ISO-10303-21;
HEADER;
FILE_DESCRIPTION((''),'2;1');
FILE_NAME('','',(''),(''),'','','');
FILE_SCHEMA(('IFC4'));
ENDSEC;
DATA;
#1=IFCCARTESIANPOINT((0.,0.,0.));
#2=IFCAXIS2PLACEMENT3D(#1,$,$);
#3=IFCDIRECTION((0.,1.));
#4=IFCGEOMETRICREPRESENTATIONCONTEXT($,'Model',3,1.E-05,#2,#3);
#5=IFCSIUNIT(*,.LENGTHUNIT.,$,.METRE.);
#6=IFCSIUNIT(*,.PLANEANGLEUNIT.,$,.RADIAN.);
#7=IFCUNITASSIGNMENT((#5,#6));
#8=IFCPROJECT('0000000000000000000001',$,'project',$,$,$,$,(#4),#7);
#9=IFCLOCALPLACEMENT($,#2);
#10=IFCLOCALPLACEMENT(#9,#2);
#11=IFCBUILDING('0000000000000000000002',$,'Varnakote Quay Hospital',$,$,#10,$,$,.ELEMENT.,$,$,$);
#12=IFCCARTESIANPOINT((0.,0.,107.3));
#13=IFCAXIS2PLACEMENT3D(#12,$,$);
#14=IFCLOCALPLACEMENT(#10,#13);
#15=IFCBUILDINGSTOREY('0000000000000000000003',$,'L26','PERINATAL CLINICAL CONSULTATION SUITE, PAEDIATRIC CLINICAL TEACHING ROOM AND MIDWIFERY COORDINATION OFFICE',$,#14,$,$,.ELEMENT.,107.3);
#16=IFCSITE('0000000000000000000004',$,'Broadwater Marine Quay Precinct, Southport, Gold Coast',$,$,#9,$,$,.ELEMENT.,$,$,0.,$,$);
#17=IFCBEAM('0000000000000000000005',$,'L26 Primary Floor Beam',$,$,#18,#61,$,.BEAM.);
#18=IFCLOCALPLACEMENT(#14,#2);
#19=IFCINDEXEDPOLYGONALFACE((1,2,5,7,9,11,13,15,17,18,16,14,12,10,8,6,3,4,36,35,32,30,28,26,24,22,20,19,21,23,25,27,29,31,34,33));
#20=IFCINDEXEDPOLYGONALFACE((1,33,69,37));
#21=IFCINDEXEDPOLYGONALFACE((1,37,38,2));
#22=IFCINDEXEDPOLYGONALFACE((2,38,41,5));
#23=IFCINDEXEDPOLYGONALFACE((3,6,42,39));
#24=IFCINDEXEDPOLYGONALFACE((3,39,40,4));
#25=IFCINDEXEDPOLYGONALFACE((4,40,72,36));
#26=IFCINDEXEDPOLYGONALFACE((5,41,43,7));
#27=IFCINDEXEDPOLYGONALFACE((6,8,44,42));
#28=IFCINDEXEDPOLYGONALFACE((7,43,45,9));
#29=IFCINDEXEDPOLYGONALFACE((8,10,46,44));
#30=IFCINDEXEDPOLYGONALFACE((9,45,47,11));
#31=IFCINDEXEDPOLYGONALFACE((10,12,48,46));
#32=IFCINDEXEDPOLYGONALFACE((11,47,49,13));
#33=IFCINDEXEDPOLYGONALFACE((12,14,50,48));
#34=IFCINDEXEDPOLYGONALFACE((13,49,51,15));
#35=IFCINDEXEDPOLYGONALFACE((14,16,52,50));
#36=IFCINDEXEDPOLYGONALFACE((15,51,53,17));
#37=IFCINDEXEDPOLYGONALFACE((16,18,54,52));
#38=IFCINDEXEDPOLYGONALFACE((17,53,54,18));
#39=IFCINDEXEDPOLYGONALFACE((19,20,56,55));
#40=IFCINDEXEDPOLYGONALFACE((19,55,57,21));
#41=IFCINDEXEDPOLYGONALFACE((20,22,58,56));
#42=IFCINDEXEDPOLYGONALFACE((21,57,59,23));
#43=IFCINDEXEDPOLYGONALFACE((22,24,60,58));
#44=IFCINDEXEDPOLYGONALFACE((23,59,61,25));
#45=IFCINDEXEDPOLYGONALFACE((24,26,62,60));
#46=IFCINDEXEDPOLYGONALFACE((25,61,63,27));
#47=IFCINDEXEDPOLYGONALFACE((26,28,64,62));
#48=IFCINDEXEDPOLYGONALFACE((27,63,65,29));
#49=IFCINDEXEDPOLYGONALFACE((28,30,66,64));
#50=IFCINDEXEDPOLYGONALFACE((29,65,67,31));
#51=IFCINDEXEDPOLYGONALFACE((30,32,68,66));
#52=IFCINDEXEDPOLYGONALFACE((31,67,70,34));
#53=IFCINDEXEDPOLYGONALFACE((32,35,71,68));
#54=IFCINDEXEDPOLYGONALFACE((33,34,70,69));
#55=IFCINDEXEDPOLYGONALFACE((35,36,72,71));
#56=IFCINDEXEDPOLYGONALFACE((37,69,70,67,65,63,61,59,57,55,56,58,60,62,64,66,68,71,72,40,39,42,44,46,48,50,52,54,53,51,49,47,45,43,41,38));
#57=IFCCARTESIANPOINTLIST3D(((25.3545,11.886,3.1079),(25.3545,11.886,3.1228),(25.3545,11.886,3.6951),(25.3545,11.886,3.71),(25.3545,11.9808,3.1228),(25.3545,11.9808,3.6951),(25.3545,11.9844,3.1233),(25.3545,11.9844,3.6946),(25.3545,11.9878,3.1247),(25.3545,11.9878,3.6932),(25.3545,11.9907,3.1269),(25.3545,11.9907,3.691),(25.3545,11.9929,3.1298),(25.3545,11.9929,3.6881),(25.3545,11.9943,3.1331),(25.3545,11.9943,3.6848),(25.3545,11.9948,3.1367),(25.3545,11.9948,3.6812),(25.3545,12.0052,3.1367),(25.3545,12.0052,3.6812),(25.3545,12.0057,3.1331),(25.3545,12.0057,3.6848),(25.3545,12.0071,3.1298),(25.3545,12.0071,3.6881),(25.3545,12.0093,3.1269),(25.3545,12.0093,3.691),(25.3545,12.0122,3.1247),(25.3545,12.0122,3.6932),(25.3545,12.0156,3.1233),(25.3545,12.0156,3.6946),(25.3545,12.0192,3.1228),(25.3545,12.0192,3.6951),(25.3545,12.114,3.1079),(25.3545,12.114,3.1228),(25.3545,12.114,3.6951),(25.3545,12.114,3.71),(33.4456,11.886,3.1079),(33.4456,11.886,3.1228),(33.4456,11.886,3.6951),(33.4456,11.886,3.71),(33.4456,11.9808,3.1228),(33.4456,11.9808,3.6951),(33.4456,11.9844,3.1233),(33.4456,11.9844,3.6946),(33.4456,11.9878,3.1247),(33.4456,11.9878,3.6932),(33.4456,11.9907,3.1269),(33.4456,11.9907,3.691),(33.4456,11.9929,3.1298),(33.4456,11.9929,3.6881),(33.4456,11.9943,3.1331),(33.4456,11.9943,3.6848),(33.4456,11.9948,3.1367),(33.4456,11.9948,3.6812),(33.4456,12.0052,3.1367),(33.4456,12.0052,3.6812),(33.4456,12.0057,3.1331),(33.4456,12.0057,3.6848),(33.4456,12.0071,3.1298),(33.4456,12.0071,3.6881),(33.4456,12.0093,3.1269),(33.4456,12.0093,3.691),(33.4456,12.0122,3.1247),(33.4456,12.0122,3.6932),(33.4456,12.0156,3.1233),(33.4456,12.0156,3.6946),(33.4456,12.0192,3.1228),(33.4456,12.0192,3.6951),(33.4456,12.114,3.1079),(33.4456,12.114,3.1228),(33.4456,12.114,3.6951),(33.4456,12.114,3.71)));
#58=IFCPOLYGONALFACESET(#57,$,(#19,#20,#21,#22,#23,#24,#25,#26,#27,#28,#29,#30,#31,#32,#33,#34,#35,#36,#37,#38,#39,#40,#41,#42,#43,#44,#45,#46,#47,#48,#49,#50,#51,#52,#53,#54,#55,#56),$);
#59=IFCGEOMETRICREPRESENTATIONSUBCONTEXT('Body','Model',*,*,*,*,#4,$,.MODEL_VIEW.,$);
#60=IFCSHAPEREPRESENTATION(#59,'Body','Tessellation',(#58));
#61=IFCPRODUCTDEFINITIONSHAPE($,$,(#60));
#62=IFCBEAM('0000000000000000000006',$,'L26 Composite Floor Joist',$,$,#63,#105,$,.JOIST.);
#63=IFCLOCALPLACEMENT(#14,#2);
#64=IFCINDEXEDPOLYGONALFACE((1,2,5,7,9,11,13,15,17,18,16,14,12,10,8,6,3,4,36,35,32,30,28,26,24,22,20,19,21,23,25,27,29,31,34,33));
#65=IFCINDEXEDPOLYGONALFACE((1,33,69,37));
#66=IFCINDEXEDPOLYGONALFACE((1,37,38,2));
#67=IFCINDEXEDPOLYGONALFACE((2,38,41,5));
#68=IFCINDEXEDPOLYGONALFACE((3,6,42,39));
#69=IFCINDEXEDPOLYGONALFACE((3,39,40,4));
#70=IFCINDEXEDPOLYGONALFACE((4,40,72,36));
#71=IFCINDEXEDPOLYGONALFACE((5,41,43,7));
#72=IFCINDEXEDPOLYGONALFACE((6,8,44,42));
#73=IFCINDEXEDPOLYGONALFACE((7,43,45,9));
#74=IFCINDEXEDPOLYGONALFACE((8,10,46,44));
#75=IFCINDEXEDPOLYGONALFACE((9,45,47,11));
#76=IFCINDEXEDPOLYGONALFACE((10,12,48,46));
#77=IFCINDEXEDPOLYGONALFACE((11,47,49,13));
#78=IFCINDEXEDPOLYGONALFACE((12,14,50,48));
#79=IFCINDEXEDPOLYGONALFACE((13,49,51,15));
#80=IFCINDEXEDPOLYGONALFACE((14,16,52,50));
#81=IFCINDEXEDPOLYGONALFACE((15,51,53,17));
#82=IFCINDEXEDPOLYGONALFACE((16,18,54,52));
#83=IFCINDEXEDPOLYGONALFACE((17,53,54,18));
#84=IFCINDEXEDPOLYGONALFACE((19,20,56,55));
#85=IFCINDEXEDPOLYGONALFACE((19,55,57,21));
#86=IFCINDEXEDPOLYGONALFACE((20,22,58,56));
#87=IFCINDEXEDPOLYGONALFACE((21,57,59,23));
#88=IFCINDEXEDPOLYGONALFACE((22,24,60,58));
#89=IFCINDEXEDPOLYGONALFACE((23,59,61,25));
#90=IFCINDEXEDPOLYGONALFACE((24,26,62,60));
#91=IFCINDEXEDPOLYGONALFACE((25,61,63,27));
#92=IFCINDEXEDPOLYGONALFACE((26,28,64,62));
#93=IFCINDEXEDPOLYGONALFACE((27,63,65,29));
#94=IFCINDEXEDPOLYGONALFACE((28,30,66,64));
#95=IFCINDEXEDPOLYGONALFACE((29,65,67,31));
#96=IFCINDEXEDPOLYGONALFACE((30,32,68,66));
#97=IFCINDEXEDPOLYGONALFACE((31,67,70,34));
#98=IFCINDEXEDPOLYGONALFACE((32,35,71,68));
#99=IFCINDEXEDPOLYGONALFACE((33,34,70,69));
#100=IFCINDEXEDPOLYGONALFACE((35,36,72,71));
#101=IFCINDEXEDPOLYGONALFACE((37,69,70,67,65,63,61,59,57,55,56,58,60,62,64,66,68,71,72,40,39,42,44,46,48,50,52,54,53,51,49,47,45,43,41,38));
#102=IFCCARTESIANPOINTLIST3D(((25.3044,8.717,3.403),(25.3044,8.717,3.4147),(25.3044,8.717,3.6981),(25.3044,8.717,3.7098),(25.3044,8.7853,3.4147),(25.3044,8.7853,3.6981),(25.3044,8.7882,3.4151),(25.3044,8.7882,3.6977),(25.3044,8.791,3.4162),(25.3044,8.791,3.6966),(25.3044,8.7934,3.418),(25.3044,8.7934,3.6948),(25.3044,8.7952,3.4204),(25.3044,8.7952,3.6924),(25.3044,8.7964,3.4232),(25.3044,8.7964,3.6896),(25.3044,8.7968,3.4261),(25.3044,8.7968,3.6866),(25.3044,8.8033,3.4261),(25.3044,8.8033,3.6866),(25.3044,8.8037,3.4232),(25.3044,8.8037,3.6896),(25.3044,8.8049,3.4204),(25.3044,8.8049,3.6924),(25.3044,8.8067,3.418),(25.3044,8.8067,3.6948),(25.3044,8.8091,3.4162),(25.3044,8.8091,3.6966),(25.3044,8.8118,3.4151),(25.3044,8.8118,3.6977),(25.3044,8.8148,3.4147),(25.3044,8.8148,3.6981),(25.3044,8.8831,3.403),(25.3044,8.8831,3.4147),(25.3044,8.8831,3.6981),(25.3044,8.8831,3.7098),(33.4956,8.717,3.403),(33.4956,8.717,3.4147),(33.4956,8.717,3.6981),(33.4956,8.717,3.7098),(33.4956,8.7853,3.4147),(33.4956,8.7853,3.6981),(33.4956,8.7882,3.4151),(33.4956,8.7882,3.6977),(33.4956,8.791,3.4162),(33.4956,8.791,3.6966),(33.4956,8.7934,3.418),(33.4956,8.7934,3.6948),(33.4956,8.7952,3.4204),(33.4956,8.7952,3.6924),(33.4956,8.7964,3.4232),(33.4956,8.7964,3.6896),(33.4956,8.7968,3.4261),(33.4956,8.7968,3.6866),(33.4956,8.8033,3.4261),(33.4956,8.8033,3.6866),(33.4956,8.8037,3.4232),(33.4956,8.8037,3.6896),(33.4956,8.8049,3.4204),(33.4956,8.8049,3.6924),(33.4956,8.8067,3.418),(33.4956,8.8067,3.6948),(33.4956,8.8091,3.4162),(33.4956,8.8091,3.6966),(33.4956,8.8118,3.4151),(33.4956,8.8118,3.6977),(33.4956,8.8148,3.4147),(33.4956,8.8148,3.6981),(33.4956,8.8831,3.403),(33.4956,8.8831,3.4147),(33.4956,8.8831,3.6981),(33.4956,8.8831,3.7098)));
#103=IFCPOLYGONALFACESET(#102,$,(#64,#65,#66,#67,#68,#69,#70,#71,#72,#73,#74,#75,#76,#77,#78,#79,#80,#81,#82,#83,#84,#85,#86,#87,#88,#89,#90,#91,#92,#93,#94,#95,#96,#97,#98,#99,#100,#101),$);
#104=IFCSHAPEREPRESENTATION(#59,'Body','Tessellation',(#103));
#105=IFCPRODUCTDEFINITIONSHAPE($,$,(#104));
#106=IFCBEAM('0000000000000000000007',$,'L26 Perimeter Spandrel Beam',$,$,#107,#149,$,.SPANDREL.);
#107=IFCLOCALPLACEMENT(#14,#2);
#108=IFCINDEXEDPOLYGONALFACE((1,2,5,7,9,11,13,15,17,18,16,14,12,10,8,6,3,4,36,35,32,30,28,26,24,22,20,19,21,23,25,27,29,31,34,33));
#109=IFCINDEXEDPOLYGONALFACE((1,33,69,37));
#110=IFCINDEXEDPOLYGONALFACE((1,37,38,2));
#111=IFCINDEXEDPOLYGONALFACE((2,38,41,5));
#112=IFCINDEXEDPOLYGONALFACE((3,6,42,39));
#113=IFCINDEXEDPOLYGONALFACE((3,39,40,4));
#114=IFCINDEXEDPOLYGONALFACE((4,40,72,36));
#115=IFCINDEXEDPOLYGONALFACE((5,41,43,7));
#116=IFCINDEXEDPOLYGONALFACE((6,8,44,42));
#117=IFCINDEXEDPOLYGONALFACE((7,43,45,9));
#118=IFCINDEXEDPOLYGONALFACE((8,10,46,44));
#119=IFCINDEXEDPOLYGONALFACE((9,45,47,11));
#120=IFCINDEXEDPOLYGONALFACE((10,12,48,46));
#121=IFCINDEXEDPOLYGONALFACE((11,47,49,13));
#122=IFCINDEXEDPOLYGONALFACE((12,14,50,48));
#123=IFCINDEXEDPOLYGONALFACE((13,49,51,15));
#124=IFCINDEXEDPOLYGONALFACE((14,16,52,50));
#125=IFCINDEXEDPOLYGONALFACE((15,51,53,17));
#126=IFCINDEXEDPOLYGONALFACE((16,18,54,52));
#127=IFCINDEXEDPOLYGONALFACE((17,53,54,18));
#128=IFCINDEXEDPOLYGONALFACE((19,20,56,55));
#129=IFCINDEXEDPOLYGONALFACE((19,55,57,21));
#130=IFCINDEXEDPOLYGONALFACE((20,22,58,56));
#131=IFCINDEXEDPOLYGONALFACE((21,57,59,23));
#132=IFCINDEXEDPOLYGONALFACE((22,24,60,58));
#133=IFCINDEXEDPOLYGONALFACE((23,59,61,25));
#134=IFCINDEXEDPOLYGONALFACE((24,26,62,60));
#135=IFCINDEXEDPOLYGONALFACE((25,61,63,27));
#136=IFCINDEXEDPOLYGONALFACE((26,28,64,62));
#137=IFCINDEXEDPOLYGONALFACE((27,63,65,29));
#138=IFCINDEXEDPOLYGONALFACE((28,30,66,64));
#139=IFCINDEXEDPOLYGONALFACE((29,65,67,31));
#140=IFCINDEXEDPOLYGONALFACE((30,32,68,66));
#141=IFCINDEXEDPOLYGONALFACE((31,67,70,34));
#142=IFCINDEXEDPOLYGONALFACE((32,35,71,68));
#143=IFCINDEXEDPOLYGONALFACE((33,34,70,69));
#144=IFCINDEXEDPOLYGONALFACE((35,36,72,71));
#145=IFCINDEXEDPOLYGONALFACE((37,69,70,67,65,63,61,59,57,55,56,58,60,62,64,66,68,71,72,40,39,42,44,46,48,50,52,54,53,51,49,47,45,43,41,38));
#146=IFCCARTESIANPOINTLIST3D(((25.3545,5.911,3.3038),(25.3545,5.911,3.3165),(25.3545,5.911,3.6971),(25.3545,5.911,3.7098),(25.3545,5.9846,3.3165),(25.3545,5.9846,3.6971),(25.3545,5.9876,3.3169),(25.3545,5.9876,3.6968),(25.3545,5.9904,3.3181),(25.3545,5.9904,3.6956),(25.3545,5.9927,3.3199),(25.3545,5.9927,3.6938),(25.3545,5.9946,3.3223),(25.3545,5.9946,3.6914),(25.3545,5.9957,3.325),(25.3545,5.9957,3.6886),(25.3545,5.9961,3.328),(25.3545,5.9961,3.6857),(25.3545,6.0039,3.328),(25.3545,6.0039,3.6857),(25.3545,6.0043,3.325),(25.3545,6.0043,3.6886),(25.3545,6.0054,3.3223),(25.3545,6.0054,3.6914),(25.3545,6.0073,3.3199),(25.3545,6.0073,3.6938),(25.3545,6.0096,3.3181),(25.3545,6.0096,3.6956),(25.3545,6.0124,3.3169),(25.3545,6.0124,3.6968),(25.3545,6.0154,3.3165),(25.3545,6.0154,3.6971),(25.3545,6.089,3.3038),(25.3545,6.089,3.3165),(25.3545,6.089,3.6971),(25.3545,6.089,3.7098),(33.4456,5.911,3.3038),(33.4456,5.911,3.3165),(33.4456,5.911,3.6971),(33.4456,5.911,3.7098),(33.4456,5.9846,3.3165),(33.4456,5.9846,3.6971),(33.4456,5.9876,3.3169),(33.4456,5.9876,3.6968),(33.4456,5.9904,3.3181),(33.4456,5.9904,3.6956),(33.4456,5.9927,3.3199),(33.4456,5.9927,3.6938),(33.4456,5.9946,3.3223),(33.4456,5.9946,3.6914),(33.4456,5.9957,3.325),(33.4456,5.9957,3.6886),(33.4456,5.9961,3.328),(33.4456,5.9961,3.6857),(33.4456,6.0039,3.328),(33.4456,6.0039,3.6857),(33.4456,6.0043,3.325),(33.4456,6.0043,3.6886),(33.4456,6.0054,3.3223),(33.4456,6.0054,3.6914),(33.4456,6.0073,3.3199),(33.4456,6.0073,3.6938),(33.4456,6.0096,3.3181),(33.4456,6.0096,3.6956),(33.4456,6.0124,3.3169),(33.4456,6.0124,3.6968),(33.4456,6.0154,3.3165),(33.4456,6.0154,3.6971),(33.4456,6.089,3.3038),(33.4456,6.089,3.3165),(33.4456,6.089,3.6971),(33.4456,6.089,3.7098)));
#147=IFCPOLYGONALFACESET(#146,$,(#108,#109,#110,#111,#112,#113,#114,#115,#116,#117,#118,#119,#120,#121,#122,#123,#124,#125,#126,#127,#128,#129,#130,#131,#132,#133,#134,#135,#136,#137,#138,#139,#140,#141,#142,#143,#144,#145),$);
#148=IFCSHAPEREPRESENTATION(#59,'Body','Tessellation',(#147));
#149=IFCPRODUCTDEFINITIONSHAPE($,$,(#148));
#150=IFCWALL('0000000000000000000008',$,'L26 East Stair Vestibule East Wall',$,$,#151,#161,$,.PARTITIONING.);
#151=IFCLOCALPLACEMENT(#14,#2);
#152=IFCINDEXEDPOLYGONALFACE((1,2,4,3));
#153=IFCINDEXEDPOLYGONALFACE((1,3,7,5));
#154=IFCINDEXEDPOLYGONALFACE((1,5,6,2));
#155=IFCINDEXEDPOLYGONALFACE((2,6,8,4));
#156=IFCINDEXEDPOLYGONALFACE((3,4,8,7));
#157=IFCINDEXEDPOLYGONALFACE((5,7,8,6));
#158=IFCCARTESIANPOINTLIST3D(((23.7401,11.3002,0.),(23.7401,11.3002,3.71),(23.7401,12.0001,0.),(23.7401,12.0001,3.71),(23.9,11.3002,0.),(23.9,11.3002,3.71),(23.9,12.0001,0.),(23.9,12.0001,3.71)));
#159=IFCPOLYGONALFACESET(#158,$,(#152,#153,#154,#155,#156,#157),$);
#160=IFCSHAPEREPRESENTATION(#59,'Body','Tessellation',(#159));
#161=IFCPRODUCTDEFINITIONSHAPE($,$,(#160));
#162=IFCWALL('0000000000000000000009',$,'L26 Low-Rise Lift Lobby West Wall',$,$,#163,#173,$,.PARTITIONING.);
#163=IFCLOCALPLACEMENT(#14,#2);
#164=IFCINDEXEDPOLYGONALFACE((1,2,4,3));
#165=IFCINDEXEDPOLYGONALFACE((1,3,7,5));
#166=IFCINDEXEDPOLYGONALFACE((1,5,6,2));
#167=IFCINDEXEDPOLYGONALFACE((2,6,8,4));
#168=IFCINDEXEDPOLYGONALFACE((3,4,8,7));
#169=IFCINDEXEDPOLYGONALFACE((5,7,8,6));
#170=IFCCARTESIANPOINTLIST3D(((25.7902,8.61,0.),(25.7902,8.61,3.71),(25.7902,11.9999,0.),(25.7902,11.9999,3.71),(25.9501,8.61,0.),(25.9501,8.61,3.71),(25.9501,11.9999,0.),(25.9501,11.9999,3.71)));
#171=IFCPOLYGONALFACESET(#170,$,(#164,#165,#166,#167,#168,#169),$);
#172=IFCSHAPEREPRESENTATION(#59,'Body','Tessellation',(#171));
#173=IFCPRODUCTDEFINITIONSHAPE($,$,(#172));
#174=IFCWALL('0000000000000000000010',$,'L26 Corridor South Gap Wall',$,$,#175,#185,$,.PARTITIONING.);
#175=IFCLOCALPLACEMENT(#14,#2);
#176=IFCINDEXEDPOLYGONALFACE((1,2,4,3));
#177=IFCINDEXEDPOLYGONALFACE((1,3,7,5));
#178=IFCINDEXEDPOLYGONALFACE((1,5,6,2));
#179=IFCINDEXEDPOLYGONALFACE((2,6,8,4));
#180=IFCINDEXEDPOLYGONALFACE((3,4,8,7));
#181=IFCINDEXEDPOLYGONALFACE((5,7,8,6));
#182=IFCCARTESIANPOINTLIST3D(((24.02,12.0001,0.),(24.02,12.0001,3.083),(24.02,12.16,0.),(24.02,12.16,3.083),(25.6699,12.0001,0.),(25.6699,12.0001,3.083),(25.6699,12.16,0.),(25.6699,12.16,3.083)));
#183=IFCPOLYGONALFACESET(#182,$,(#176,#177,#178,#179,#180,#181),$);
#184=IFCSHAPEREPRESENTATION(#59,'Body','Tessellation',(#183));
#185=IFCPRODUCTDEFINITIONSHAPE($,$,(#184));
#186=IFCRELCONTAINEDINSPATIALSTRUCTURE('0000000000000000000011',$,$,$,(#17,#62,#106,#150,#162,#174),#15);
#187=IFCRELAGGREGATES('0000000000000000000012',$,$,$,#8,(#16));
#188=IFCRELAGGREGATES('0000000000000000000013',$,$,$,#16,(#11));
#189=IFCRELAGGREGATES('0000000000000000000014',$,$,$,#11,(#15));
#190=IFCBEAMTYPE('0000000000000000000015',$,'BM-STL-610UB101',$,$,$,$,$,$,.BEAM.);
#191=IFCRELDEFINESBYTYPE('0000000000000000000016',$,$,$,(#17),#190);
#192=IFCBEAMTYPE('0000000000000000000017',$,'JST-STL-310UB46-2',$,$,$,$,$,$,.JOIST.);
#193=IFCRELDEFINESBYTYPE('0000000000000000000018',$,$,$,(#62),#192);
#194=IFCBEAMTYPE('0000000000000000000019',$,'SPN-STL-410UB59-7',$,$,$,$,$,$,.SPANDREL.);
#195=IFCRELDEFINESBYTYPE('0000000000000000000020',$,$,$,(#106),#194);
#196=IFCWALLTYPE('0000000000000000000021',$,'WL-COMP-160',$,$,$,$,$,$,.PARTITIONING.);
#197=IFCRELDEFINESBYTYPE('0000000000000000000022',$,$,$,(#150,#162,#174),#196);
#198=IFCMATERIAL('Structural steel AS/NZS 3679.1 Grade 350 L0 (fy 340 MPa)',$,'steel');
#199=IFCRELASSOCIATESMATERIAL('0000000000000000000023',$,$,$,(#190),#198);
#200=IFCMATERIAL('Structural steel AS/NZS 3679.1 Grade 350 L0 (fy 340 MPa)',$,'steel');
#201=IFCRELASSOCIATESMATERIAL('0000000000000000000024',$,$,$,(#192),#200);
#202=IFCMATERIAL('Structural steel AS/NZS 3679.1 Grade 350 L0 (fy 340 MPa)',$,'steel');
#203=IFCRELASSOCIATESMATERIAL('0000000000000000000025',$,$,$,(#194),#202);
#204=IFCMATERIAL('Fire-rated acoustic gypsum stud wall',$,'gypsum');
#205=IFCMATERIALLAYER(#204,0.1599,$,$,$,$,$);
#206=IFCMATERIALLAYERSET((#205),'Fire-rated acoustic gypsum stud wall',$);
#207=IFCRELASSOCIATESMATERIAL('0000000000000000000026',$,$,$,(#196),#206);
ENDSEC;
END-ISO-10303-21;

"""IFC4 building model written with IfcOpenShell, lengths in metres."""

from ifc_helpers import new_model, si_unit, direction, frame, frame_2d, origin, origin_2d, place, context, subcontext, project, spatial, rectangle, i_section, extrude, material, layer, layer_set, material_profile, profile_set, type_object, element, save


model = new_model("IFC4")

# Units and contexts
model_context = context("Model", 3, precision=1e-05, world=origin(), true_north=direction((0.0, 1.0)))
body_context = subcontext(model_context, "Body", "Model", "MODEL_VIEW")
ifc_project = project(units=[si_unit("LENGTHUNIT", "METRE"), si_unit("PLANEANGLEUNIT", "RADIAN")], contexts=[model_context])

# Site, building, storey
site_placement = place(None, origin())
site = spatial("IfcSite", under=ifc_project, at=site_placement, Name="Broadwater Marine Quay Precinct, Southport, Gold Coast", CompositionType="ELEMENT", RefElevation=0.0)
building_placement = place(site_placement, origin())
building = spatial("IfcBuilding", under=site, at=building_placement, Name="Varnakote Quay Hospital", CompositionType="ELEMENT")
storey_placement = place(building_placement, frame((0.0, 0.0, 107.3)))
storey = spatial("IfcBuildingStorey", under=building, at=storey_placement, Name="L26", Description="PERINATAL CLINICAL CONSULTATION SUITE, PAEDIATRIC CLINICAL TEACHING ROOM AND MIDWIFERY COORDINATION OFFICE", CompositionType="ELEMENT", Elevation=107.3)

# Beams
ifc_material_1 = material(Name="Structural steel AS/NZS 3679.1 Grade 350 L0 (fy 340 MPa)", Category="steel")
ifc_material_profile_1 = material_profile(ifc_material_1, i_section(OverallWidth=0.228, OverallDepth=0.6021, WebThickness=0.0105, FlangeThickness=0.0149, FilletRadius=0.0139, at=origin_2d()), Name="610UB101")
ifc_profile_set_1 = profile_set([ifc_material_profile_1], Name="Structural steel AS/NZS 3679.1 Grade 350 L0 (fy 340 MPa)")
beam_type_1 = type_object("IfcBeamType", Name="BM-STL-610UB101", PredefinedType="BEAM", material=ifc_profile_set_1)
beam_1_placement = place(storey_placement, frame((25.3545, 12.0, 3.4089), z_axis=(1.0, 0.0, 0.0), x_axis=(0.0, 1.0, 0.0)))
element("IfcBeam", 1, at=beam_1_placement, inside=storey, type_object=beam_type_1, Name="L26 Primary Floor Beam", PredefinedType="BEAM", context=body_context, shape_type="SweptSolid", body=[
    extrude(i_section(OverallWidth=0.228, OverallDepth=0.6021, WebThickness=0.0105, FlangeThickness=0.0149, FilletRadius=0.0139, at=origin_2d()), origin(), (0.0, 0.0, 1.0), 8.0911),
])
ifc_material_2 = material(Name="Structural steel AS/NZS 3679.1 Grade 350 L0 (fy 340 MPa)", Category="steel")
ifc_material_profile_2 = material_profile(ifc_material_2, i_section(OverallWidth=0.166, OverallDepth=0.3069, WebThickness=0.0066, FlangeThickness=0.0117, FilletRadius=0.0115, at=origin_2d()), Name="310UB46.2")
ifc_profile_set_2 = profile_set([ifc_material_profile_2], Name="Structural steel AS/NZS 3679.1 Grade 350 L0 (fy 340 MPa)")
beam_type_2 = type_object("IfcBeamType", Name="JST-STL-310UB46-2", PredefinedType="JOIST", material=ifc_profile_set_2)
beam_2_placement = place(storey_placement, frame((25.3044, 8.8, 3.5564), z_axis=(1.0, 0.0, 0.0), x_axis=(0.0, 1.0, 0.0)))
element("IfcBeam", 2, at=beam_2_placement, inside=storey, type_object=beam_type_2, Name="L26 Composite Floor Joist", PredefinedType="JOIST", context=body_context, shape_type="SweptSolid", body=[
    extrude(i_section(OverallWidth=0.166, OverallDepth=0.3069, WebThickness=0.0066, FlangeThickness=0.0117, FilletRadius=0.0115, at=origin_2d()), origin(), (0.0, 0.0, 1.0), 8.1912),
])
ifc_material_3 = material(Name="Structural steel AS/NZS 3679.1 Grade 350 L0 (fy 340 MPa)", Category="steel")
ifc_material_profile_3 = material_profile(ifc_material_3, i_section(OverallWidth=0.178, OverallDepth=0.406, WebThickness=0.0078, FlangeThickness=0.0127, FilletRadius=0.0115, at=origin_2d()), Name="410UB59.7")
ifc_profile_set_3 = profile_set([ifc_material_profile_3], Name="Structural steel AS/NZS 3679.1 Grade 350 L0 (fy 340 MPa)")
beam_type_3 = type_object("IfcBeamType", Name="SPN-STL-410UB59-7", PredefinedType="SPANDREL", material=ifc_profile_set_3)
beam_3_placement = place(storey_placement, frame((25.3545, 6.0, 3.5068), z_axis=(1.0, 0.0, 0.0), x_axis=(0.0, 1.0, 0.0)))
element("IfcBeam", 3, at=beam_3_placement, inside=storey, type_object=beam_type_3, Name="L26 Perimeter Spandrel Beam", PredefinedType="SPANDREL", context=body_context, shape_type="SweptSolid", body=[
    extrude(i_section(OverallWidth=0.178, OverallDepth=0.406, WebThickness=0.0078, FlangeThickness=0.0127, FilletRadius=0.0115, at=origin_2d()), origin(), (0.0, 0.0, 1.0), 8.0911),
])

# Walls
ifc_material_4 = material(Name="Fire-rated acoustic gypsum stud wall", Category="gypsum")
ifc_layer_1 = layer(ifc_material_4, 0.1599)
ifc_layer_set_1 = layer_set([ifc_layer_1], Name="Fire-rated acoustic gypsum stud wall")
wall_type_1 = type_object("IfcWallType", Name="WL-COMP-160", PredefinedType="PARTITIONING", material=ifc_layer_set_1)
wall_1_placement = place(storey_placement, frame((23.8201, 11.3, 0.0), z_axis=(0.0, 0.0, 1.0), x_axis=(0.0, 1.0, 0.0)))
element("IfcWall", 4, at=wall_1_placement, inside=storey, type_object=wall_type_1, Name="L26 East Stair Vestibule East Wall", PredefinedType="PARTITIONING", context=body_context, shape_type="SweptSolid", body=[
    extrude(rectangle(XDim=0.7, YDim=0.1599, at=frame_2d((0.3501, 0.0))), origin(), (0.0, 0.0, 1.0), 3.71),
])
wall_2_placement = place(storey_placement, frame((25.8701, 8.6101, 0.0), z_axis=(0.0, 0.0, 1.0), x_axis=(0.0, 1.0, 0.0)))
element("IfcWall", 5, at=wall_2_placement, inside=storey, type_object=wall_type_1, Name="L26 Low-Rise Lift Lobby West Wall", PredefinedType="PARTITIONING", context=body_context, shape_type="SweptSolid", body=[
    extrude(rectangle(XDim=3.3899, YDim=0.1599, at=frame_2d((1.6948, 0.0))), origin(), (0.0, 0.0, 1.0), 3.71),
])
wall_3_placement = place(storey_placement, frame((24.02, 12.0801, 0.0), z_axis=(0.0, 0.0, 1.0), x_axis=(1.0, 0.0, 0.0)))
element("IfcWall", 6, at=wall_3_placement, inside=storey, type_object=wall_type_1, Name="L26 Corridor South Gap Wall", PredefinedType="PARTITIONING", context=body_context, shape_type="SweptSolid", body=[
    extrude(rectangle(XDim=1.6499, YDim=0.1599, at=frame_2d((0.825, 0.0))), origin(), (0.0, 0.0, 1.0), 3.083),
])

save(model, "model.ifc")
